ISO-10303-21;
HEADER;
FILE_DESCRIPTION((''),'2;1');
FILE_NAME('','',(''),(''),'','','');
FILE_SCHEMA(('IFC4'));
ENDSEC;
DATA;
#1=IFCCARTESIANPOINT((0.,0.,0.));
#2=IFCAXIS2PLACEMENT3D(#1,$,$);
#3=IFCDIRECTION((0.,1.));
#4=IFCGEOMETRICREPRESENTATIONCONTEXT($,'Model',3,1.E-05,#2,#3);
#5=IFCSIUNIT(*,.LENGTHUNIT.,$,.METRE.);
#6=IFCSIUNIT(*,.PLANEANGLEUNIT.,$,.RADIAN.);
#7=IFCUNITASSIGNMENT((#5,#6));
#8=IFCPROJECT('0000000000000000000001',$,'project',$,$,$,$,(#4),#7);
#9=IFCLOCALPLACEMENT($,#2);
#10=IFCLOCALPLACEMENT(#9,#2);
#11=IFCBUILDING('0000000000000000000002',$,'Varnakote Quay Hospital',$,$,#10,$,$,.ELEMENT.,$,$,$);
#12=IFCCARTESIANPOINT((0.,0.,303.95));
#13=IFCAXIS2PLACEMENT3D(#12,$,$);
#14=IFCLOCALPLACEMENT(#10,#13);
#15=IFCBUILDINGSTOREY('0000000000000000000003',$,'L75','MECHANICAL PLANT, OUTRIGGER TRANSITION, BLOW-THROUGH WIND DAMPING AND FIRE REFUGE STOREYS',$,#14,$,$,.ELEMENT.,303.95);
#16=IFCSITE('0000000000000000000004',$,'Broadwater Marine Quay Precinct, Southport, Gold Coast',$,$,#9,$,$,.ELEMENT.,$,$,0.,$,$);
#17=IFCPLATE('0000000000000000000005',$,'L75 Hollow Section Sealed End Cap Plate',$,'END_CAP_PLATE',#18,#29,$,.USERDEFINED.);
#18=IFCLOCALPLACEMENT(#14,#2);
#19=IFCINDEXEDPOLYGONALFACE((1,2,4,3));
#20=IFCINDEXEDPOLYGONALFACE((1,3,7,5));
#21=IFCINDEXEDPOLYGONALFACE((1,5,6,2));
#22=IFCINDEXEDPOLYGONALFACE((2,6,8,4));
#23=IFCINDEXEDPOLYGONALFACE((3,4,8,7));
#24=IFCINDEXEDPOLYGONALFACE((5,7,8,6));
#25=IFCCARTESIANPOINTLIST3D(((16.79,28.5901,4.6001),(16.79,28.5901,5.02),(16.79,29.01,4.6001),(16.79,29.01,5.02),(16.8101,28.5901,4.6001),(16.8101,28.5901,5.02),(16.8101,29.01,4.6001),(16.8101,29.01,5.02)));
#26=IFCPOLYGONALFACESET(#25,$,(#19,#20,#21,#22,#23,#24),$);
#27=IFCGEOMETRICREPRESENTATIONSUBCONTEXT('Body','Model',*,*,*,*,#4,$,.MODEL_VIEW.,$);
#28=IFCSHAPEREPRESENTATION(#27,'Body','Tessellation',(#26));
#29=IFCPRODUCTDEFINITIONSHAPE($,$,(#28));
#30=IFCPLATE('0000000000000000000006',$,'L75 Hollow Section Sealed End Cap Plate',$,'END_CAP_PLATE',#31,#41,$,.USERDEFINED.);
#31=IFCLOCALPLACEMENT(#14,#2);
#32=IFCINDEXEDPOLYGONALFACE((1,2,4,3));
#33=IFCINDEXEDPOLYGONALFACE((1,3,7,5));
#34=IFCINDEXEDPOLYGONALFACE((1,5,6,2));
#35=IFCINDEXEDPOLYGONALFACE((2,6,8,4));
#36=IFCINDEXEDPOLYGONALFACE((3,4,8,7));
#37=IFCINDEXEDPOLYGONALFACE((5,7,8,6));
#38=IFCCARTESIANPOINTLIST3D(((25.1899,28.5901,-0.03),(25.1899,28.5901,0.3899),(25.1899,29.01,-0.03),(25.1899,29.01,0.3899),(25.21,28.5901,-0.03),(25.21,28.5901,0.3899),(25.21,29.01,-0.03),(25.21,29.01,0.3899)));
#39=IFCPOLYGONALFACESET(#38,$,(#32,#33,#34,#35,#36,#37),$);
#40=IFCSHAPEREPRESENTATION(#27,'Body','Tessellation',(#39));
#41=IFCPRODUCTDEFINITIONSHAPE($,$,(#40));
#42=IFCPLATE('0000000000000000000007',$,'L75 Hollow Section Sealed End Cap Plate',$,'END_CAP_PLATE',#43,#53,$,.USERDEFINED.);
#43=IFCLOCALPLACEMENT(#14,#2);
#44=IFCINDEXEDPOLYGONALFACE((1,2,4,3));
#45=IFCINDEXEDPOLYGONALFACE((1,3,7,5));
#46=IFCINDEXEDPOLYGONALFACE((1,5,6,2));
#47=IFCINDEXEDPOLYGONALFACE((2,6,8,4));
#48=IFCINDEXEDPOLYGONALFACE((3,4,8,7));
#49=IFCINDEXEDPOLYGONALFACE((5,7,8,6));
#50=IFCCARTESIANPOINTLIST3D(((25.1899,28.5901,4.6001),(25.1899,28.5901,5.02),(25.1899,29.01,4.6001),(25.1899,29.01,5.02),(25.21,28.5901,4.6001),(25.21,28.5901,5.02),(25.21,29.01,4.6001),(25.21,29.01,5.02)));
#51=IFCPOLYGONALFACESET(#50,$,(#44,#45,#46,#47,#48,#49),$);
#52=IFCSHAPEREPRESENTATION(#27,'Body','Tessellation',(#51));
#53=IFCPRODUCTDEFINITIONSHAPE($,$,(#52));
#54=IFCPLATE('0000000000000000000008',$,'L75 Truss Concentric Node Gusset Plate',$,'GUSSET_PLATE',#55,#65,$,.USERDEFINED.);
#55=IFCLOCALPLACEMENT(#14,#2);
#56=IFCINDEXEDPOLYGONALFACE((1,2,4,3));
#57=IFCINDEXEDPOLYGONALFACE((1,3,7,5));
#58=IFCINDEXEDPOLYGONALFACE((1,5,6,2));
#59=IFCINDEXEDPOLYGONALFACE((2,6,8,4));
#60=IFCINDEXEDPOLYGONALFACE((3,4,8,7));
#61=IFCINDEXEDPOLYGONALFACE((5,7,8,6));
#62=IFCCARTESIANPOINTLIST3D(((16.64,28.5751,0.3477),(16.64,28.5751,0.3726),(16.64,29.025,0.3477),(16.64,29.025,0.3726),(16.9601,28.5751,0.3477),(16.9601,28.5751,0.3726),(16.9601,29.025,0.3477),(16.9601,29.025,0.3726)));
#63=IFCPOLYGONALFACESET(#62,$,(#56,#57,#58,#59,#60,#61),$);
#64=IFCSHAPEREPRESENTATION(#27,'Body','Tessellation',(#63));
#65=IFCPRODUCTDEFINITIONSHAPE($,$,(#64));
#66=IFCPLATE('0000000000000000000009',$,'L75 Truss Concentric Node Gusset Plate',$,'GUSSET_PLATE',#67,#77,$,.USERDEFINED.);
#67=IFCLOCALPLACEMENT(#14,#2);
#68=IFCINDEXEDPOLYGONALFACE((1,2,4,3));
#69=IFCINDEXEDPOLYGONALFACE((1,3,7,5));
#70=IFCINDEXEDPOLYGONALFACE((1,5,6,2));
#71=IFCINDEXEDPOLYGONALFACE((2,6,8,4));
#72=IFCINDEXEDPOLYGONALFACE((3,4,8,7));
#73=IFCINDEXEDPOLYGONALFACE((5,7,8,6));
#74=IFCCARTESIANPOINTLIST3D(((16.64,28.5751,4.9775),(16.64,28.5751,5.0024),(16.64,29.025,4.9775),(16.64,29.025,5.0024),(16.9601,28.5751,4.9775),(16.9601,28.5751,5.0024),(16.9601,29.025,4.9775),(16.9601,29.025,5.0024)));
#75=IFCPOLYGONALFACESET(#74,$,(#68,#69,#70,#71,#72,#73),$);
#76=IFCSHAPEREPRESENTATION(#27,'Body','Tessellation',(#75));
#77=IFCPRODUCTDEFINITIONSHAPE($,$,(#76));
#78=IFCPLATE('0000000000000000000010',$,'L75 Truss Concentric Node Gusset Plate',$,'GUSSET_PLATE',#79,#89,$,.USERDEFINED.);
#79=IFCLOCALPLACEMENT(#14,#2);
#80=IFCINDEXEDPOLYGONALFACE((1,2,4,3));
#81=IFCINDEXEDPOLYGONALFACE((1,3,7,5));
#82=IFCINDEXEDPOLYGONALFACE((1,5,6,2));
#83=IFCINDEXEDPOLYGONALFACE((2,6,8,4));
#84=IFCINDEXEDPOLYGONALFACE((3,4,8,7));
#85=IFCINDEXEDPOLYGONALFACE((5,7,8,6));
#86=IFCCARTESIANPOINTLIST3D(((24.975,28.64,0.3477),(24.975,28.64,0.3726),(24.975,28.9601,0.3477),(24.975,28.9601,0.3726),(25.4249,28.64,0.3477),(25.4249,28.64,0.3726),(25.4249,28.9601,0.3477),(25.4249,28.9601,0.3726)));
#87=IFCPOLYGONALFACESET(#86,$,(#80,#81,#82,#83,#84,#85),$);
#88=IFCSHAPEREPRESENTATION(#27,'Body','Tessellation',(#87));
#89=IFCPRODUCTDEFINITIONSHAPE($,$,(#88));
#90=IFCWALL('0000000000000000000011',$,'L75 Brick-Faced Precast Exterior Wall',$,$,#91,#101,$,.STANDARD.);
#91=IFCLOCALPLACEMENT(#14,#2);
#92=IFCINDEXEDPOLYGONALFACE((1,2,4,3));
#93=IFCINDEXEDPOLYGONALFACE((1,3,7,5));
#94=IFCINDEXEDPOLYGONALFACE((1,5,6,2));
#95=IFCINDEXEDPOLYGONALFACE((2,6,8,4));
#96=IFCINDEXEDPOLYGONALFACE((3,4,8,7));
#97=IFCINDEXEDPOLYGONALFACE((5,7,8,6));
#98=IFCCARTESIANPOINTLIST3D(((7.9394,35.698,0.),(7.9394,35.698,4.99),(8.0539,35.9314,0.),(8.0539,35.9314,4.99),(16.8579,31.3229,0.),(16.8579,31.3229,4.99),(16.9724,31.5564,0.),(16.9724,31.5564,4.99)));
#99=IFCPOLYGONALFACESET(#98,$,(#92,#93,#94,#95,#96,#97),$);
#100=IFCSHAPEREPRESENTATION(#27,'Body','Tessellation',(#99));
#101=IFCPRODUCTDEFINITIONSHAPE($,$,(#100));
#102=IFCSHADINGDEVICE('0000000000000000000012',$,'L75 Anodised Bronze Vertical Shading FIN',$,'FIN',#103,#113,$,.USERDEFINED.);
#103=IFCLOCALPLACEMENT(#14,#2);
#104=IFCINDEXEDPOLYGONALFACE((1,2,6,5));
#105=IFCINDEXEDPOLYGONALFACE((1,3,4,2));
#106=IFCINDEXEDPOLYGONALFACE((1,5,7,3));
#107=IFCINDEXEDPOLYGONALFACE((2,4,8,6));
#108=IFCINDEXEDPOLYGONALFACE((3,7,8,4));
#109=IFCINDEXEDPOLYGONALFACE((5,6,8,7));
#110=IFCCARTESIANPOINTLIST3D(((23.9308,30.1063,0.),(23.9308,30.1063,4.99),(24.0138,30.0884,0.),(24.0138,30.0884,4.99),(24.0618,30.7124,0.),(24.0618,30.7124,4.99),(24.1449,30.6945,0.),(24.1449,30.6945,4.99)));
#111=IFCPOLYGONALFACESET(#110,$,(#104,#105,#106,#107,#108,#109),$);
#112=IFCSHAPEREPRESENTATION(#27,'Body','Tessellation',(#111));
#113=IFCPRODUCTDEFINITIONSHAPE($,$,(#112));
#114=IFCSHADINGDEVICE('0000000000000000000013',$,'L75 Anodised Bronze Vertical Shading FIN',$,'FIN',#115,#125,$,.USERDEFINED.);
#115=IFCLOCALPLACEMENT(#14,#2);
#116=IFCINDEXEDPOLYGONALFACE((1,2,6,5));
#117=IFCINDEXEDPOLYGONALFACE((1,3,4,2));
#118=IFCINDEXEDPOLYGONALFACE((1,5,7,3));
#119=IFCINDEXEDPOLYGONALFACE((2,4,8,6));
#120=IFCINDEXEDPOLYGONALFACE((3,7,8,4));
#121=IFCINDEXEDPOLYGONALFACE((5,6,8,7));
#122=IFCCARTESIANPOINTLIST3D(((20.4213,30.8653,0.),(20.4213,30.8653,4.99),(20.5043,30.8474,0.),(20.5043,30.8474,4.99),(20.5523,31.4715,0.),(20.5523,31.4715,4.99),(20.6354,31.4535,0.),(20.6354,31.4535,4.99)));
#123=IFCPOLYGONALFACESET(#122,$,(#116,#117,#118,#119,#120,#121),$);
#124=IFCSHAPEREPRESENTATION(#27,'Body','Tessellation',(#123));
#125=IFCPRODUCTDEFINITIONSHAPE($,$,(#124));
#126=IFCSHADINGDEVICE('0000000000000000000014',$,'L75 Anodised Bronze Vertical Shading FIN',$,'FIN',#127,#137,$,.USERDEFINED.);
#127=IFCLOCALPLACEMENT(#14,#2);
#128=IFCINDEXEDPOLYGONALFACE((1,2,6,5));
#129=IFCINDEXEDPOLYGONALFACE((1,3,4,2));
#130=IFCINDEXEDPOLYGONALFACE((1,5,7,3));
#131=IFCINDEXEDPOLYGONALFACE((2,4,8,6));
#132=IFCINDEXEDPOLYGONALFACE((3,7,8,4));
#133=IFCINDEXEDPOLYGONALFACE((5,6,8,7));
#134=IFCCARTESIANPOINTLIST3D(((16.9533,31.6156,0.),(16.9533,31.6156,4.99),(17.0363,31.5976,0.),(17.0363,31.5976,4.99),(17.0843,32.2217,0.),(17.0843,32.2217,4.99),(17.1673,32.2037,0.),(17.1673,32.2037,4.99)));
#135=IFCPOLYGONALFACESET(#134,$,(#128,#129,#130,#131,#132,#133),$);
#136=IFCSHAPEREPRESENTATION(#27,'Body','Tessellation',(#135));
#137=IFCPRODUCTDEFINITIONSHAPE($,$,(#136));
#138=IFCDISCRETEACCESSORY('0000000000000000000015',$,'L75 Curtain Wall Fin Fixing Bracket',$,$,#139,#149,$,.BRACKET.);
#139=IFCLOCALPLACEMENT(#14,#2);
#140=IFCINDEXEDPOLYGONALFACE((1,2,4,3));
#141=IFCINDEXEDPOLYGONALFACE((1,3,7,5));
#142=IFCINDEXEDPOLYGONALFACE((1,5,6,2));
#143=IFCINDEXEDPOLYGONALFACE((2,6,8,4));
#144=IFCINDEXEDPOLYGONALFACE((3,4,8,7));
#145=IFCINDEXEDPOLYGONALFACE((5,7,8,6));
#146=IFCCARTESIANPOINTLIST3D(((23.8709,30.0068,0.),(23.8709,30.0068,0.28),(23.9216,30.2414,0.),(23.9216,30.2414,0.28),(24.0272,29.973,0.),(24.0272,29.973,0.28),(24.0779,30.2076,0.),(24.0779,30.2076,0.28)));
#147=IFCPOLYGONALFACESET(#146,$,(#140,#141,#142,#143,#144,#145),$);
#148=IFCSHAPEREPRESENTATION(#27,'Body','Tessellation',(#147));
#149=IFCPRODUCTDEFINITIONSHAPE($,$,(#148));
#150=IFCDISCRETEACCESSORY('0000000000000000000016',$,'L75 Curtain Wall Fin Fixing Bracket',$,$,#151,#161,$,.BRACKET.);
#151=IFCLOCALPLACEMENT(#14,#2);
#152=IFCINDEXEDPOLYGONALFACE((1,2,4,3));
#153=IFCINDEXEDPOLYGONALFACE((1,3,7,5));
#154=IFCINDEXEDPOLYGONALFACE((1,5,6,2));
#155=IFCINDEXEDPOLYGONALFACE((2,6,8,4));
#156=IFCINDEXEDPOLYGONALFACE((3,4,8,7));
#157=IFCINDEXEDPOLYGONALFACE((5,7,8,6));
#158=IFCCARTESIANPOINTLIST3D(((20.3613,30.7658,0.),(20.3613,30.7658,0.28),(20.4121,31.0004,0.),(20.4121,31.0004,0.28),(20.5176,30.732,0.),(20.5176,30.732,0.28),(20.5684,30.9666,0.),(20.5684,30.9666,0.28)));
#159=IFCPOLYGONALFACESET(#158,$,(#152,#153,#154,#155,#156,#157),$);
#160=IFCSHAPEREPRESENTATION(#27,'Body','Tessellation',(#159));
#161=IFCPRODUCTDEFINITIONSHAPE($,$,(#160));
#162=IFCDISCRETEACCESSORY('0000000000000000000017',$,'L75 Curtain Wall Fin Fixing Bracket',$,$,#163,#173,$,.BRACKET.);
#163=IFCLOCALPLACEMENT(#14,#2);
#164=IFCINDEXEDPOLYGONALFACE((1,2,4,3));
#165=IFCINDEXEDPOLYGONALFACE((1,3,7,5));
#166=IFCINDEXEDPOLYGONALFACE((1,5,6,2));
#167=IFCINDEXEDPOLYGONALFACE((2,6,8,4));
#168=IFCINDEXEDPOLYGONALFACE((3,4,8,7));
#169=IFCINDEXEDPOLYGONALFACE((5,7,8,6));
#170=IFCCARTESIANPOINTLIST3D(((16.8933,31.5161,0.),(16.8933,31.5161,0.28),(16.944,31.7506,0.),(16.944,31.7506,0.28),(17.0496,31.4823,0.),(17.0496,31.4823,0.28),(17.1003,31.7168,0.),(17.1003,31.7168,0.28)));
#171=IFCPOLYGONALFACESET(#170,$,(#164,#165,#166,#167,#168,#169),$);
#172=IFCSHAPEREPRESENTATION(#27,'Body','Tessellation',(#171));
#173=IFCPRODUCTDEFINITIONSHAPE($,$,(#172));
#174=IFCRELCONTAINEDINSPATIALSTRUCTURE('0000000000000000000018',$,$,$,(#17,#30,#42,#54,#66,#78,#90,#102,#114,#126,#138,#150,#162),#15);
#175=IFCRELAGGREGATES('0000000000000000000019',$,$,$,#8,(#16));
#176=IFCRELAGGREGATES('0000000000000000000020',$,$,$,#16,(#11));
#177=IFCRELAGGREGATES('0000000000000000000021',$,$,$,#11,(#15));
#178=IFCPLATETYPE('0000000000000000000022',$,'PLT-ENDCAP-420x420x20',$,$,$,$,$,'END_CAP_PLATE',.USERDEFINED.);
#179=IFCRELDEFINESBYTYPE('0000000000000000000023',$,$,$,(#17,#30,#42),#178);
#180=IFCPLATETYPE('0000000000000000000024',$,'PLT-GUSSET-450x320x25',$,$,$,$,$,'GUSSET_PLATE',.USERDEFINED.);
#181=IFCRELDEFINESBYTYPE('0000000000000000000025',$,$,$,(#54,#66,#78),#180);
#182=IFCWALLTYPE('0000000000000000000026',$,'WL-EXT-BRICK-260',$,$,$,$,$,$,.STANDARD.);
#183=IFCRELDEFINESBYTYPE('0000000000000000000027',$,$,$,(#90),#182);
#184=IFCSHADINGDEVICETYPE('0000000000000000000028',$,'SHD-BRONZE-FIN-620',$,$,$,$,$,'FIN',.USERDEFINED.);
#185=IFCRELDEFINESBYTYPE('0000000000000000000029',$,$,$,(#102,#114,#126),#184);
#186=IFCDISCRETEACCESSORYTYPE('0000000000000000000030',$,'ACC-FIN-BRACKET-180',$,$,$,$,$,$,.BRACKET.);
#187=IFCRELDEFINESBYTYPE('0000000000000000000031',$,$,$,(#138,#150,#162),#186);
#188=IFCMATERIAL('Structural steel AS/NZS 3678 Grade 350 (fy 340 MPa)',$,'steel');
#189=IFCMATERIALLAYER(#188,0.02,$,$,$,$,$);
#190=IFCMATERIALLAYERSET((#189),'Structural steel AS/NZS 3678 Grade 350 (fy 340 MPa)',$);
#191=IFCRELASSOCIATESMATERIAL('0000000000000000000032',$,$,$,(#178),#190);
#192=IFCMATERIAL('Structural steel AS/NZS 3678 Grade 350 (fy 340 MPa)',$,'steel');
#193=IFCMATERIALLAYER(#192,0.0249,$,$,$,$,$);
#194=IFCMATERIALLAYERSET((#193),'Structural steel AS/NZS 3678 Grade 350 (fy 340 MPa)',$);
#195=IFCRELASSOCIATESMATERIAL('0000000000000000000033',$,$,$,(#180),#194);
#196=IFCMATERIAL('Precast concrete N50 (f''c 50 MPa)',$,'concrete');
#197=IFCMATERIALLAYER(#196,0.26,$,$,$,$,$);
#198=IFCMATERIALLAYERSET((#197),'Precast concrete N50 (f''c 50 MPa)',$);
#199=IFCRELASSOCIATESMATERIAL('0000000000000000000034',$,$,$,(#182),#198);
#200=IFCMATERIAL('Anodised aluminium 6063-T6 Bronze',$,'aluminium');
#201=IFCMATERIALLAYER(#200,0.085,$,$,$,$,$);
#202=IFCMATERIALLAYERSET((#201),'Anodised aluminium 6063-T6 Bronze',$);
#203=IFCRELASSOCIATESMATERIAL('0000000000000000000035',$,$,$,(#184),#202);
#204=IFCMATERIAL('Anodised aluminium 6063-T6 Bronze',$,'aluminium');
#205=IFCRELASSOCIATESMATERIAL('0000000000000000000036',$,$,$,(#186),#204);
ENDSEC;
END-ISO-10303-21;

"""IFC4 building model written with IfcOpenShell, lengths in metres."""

from ifc_helpers import new_model, si_unit, direction, frame, frame_2d, origin, origin_2d, place, context, subcontext, project, spatial, rectangle, extrude, material, layer, layer_set, type_object, element, save


model = new_model("IFC4")

# Units and contexts
model_context = context("Model", 3, precision=1e-05, world=origin(), true_north=direction((0.0, 1.0)))
body_context = subcontext(model_context, "Body", "Model", "MODEL_VIEW")
ifc_project = project(units=[si_unit("LENGTHUNIT", "METRE"), si_unit("PLANEANGLEUNIT", "RADIAN")], contexts=[model_context])

# Site, building, storey
site_placement = place(None, origin())
site = spatial("IfcSite", under=ifc_project, at=site_placement, Name="Broadwater Marine Quay Precinct, Southport, Gold Coast", CompositionType="ELEMENT", RefElevation=0.0)
building_placement = place(site_placement, origin())
building = spatial("IfcBuilding", under=site, at=building_placement, Name="Varnakote Quay Hospital", CompositionType="ELEMENT")
storey_placement = place(building_placement, frame((0.0, 0.0, 303.95)))
storey = spatial("IfcBuildingStorey", under=building, at=storey_placement, Name="L75", Description="MECHANICAL PLANT, OUTRIGGER TRANSITION, BLOW-THROUGH WIND DAMPING AND FIRE REFUGE STOREYS", CompositionType="ELEMENT", Elevation=303.95)

# Plates
ifc_material_1 = material(Name="Structural steel AS/NZS 3678 Grade 350 (fy 340 MPa)", Category="steel")
ifc_layer_1 = layer(ifc_material_1, 0.02)
ifc_layer_set_1 = layer_set([ifc_layer_1], Name="Structural steel AS/NZS 3678 Grade 350 (fy 340 MPa)")
plate_type_1 = type_object("IfcPlateType", Name="PLT-ENDCAP-420x420x20", ElementType="END_CAP_PLATE", PredefinedType="USERDEFINED", material=ifc_layer_set_1)
for number, where, z_axis, x_axis, name in (
    (1, (16.8, 28.8, 4.6001), (0.0, 0.0, 1.0), (1.0, 0.0, 0.0), "L75 Hollow Section Sealed End Cap Plate"),
    (2, (25.2, 28.8, -0.03), (0.0, 0.0, 1.0), (1.0, 0.0, 0.0), "L75 Hollow Section Sealed End Cap Plate"),
    (3, (25.2, 28.8, 4.6001), (0.0, 0.0, 1.0), (1.0, 0.0, 0.0), "L75 Hollow Section Sealed End Cap Plate"),
):
    element("IfcPlate", number, at=place(storey_placement, frame(where, z_axis=z_axis, x_axis=x_axis)), inside=storey, type_object=plate_type_1, Name=name, ObjectType="END_CAP_PLATE", PredefinedType="USERDEFINED", context=body_context, shape_type="SweptSolid", body=[
        extrude(rectangle(XDim=0.02, YDim=0.4199, at=origin_2d()), origin(), (0.0, 0.0, 1.0), 0.4199),
    ])
ifc_material_2 = material(Name="Structural steel AS/NZS 3678 Grade 350 (fy 340 MPa)", Category="steel")
ifc_layer_2 = layer(ifc_material_2, 0.0249)
ifc_layer_set_2 = layer_set([ifc_layer_2], Name="Structural steel AS/NZS 3678 Grade 350 (fy 340 MPa)")
plate_type_2 = type_object("IfcPlateType", Name="PLT-GUSSET-450x320x25", ElementType="GUSSET_PLATE", PredefinedType="USERDEFINED", material=ifc_layer_set_2)
for number, where, z_axis, x_axis, name in (
    (4, (16.8, 28.8, 0.3477), (0.0, 0.0, 1.0), (0.0, 1.0, 0.0), "L75 Truss Concentric Node Gusset Plate"),
    (5, (16.8, 28.8, 4.9775), (0.0, 0.0, 1.0), (0.0, 1.0, 0.0), "L75 Truss Concentric Node Gusset Plate"),
    (6, (25.2, 28.8, 0.3477), (0.0, 0.0, 1.0), (1.0, 0.0, 0.0), "L75 Truss Concentric Node Gusset Plate"),
):
    element("IfcPlate", number, at=place(storey_placement, frame(where, z_axis=z_axis, x_axis=x_axis)), inside=storey, type_object=plate_type_2, Name=name, ObjectType="GUSSET_PLATE", PredefinedType="USERDEFINED", context=body_context, shape_type="SweptSolid", body=[
        extrude(rectangle(XDim=0.45, YDim=0.3201, at=origin_2d()), origin(), (0.0, 0.0, 1.0), 0.0249),
    ])

# Wall
ifc_material_3 = material(Name="Precast concrete N50 (f'c 50 MPa)", Category="concrete")
ifc_layer_3 = layer(ifc_material_3, 0.26)
ifc_layer_set_3 = layer_set([ifc_layer_3], Name="Precast concrete N50 (f'c 50 MPa)")
wall_type = type_object("IfcWallType", Name="WL-EXT-BRICK-260", PredefinedType="STANDARD", material=ifc_layer_set_3)
wall_placement = place(storey_placement, frame((16.915, 31.4397, 0.0), z_axis=(0.0, 0.0, 1.0), x_axis=(-0.897793, 0.440418, 0.0)))
element("IfcWall", 7, at=wall_placement, inside=storey, type_object=wall_type, Name="L75 Brick-Faced Precast Exterior Wall", PredefinedType="STANDARD", context=body_context, shape_type="SweptSolid", body=[
    extrude(rectangle(XDim=9.9338, YDim=0.26, at=frame_2d((4.9668, 0.0))), origin(), (0.0, 0.0, 1.0), 4.99),
])

# Shading devices
ifc_material_4 = material(Name="Anodised aluminium 6063-T6 Bronze", Category="aluminium")
ifc_layer_4 = layer(ifc_material_4, 0.085)
ifc_layer_set_4 = layer_set([ifc_layer_4], Name="Anodised aluminium 6063-T6 Bronze")
shading_device_type = type_object("IfcShadingDeviceType", Name="SHD-BRONZE-FIN-620", ElementType="FIN", PredefinedType="USERDEFINED", material=ifc_layer_set_4)
for number, where, z_axis, x_axis, name in (
    (8, (24.0378, 30.4004, 0.0), (0.0, 0.0, 1.0), (-0.211325, -0.977416, 0.0), "L75 Anodised Bronze Vertical Shading FIN"),
    (9, (20.5283, 31.1594, 0.0), (0.0, 0.0, 1.0), (-0.211325, -0.977416, 0.0), "L75 Anodised Bronze Vertical Shading FIN"),
    (10, (17.0603, 31.9097, 0.0), (0.0, 0.0, 1.0), (-0.211325, -0.977416, 0.0), "L75 Anodised Bronze Vertical Shading FIN"),
):
    element("IfcShadingDevice", number, at=place(storey_placement, frame(where, z_axis=z_axis, x_axis=x_axis)), inside=storey, type_object=shading_device_type, Name=name, ObjectType="FIN", PredefinedType="USERDEFINED", context=body_context, shape_type="SweptSolid", body=[
        extrude(rectangle(XDim=0.6201, YDim=0.085, at=origin_2d()), origin(), (0.0, 0.0, 1.0), 4.99),
    ])

# Discrete accessories
ifc_material_5 = material(Name="Anodised aluminium 6063-T6 Bronze", Category="aluminium")
discrete_accessory_type = type_object("IfcDiscreteAccessoryType", Name="ACC-FIN-BRACKET-180", PredefinedType="BRACKET", material=ifc_material_5)
for number, where, z_axis, x_axis, name in (
    (11, (23.9744, 30.1072, 0.0), (0.0, 0.0, 1.0), (-0.977416, 0.211325, 0.0), "L75 Curtain Wall Fin Fixing Bracket"),
    (12, (20.4648, 30.8662, 0.0), (0.0, 0.0, 1.0), (-0.977416, 0.211325, 0.0), "L75 Curtain Wall Fin Fixing Bracket"),
    (13, (16.9968, 31.6165, 0.0), (0.0, 0.0, 1.0), (-0.977416, 0.211325, 0.0), "L75 Curtain Wall Fin Fixing Bracket"),
):
    element("IfcDiscreteAccessory", number, at=place(storey_placement, frame(where, z_axis=z_axis, x_axis=x_axis)), inside=storey, type_object=discrete_accessory_type, Name=name, PredefinedType="BRACKET", context=body_context, shape_type="SweptSolid", body=[
        extrude(rectangle(XDim=0.1599, YDim=0.24, at=origin_2d()), origin(), (0.0, 0.0, 1.0), 0.28),
    ])

save(model, "model.ifc")
